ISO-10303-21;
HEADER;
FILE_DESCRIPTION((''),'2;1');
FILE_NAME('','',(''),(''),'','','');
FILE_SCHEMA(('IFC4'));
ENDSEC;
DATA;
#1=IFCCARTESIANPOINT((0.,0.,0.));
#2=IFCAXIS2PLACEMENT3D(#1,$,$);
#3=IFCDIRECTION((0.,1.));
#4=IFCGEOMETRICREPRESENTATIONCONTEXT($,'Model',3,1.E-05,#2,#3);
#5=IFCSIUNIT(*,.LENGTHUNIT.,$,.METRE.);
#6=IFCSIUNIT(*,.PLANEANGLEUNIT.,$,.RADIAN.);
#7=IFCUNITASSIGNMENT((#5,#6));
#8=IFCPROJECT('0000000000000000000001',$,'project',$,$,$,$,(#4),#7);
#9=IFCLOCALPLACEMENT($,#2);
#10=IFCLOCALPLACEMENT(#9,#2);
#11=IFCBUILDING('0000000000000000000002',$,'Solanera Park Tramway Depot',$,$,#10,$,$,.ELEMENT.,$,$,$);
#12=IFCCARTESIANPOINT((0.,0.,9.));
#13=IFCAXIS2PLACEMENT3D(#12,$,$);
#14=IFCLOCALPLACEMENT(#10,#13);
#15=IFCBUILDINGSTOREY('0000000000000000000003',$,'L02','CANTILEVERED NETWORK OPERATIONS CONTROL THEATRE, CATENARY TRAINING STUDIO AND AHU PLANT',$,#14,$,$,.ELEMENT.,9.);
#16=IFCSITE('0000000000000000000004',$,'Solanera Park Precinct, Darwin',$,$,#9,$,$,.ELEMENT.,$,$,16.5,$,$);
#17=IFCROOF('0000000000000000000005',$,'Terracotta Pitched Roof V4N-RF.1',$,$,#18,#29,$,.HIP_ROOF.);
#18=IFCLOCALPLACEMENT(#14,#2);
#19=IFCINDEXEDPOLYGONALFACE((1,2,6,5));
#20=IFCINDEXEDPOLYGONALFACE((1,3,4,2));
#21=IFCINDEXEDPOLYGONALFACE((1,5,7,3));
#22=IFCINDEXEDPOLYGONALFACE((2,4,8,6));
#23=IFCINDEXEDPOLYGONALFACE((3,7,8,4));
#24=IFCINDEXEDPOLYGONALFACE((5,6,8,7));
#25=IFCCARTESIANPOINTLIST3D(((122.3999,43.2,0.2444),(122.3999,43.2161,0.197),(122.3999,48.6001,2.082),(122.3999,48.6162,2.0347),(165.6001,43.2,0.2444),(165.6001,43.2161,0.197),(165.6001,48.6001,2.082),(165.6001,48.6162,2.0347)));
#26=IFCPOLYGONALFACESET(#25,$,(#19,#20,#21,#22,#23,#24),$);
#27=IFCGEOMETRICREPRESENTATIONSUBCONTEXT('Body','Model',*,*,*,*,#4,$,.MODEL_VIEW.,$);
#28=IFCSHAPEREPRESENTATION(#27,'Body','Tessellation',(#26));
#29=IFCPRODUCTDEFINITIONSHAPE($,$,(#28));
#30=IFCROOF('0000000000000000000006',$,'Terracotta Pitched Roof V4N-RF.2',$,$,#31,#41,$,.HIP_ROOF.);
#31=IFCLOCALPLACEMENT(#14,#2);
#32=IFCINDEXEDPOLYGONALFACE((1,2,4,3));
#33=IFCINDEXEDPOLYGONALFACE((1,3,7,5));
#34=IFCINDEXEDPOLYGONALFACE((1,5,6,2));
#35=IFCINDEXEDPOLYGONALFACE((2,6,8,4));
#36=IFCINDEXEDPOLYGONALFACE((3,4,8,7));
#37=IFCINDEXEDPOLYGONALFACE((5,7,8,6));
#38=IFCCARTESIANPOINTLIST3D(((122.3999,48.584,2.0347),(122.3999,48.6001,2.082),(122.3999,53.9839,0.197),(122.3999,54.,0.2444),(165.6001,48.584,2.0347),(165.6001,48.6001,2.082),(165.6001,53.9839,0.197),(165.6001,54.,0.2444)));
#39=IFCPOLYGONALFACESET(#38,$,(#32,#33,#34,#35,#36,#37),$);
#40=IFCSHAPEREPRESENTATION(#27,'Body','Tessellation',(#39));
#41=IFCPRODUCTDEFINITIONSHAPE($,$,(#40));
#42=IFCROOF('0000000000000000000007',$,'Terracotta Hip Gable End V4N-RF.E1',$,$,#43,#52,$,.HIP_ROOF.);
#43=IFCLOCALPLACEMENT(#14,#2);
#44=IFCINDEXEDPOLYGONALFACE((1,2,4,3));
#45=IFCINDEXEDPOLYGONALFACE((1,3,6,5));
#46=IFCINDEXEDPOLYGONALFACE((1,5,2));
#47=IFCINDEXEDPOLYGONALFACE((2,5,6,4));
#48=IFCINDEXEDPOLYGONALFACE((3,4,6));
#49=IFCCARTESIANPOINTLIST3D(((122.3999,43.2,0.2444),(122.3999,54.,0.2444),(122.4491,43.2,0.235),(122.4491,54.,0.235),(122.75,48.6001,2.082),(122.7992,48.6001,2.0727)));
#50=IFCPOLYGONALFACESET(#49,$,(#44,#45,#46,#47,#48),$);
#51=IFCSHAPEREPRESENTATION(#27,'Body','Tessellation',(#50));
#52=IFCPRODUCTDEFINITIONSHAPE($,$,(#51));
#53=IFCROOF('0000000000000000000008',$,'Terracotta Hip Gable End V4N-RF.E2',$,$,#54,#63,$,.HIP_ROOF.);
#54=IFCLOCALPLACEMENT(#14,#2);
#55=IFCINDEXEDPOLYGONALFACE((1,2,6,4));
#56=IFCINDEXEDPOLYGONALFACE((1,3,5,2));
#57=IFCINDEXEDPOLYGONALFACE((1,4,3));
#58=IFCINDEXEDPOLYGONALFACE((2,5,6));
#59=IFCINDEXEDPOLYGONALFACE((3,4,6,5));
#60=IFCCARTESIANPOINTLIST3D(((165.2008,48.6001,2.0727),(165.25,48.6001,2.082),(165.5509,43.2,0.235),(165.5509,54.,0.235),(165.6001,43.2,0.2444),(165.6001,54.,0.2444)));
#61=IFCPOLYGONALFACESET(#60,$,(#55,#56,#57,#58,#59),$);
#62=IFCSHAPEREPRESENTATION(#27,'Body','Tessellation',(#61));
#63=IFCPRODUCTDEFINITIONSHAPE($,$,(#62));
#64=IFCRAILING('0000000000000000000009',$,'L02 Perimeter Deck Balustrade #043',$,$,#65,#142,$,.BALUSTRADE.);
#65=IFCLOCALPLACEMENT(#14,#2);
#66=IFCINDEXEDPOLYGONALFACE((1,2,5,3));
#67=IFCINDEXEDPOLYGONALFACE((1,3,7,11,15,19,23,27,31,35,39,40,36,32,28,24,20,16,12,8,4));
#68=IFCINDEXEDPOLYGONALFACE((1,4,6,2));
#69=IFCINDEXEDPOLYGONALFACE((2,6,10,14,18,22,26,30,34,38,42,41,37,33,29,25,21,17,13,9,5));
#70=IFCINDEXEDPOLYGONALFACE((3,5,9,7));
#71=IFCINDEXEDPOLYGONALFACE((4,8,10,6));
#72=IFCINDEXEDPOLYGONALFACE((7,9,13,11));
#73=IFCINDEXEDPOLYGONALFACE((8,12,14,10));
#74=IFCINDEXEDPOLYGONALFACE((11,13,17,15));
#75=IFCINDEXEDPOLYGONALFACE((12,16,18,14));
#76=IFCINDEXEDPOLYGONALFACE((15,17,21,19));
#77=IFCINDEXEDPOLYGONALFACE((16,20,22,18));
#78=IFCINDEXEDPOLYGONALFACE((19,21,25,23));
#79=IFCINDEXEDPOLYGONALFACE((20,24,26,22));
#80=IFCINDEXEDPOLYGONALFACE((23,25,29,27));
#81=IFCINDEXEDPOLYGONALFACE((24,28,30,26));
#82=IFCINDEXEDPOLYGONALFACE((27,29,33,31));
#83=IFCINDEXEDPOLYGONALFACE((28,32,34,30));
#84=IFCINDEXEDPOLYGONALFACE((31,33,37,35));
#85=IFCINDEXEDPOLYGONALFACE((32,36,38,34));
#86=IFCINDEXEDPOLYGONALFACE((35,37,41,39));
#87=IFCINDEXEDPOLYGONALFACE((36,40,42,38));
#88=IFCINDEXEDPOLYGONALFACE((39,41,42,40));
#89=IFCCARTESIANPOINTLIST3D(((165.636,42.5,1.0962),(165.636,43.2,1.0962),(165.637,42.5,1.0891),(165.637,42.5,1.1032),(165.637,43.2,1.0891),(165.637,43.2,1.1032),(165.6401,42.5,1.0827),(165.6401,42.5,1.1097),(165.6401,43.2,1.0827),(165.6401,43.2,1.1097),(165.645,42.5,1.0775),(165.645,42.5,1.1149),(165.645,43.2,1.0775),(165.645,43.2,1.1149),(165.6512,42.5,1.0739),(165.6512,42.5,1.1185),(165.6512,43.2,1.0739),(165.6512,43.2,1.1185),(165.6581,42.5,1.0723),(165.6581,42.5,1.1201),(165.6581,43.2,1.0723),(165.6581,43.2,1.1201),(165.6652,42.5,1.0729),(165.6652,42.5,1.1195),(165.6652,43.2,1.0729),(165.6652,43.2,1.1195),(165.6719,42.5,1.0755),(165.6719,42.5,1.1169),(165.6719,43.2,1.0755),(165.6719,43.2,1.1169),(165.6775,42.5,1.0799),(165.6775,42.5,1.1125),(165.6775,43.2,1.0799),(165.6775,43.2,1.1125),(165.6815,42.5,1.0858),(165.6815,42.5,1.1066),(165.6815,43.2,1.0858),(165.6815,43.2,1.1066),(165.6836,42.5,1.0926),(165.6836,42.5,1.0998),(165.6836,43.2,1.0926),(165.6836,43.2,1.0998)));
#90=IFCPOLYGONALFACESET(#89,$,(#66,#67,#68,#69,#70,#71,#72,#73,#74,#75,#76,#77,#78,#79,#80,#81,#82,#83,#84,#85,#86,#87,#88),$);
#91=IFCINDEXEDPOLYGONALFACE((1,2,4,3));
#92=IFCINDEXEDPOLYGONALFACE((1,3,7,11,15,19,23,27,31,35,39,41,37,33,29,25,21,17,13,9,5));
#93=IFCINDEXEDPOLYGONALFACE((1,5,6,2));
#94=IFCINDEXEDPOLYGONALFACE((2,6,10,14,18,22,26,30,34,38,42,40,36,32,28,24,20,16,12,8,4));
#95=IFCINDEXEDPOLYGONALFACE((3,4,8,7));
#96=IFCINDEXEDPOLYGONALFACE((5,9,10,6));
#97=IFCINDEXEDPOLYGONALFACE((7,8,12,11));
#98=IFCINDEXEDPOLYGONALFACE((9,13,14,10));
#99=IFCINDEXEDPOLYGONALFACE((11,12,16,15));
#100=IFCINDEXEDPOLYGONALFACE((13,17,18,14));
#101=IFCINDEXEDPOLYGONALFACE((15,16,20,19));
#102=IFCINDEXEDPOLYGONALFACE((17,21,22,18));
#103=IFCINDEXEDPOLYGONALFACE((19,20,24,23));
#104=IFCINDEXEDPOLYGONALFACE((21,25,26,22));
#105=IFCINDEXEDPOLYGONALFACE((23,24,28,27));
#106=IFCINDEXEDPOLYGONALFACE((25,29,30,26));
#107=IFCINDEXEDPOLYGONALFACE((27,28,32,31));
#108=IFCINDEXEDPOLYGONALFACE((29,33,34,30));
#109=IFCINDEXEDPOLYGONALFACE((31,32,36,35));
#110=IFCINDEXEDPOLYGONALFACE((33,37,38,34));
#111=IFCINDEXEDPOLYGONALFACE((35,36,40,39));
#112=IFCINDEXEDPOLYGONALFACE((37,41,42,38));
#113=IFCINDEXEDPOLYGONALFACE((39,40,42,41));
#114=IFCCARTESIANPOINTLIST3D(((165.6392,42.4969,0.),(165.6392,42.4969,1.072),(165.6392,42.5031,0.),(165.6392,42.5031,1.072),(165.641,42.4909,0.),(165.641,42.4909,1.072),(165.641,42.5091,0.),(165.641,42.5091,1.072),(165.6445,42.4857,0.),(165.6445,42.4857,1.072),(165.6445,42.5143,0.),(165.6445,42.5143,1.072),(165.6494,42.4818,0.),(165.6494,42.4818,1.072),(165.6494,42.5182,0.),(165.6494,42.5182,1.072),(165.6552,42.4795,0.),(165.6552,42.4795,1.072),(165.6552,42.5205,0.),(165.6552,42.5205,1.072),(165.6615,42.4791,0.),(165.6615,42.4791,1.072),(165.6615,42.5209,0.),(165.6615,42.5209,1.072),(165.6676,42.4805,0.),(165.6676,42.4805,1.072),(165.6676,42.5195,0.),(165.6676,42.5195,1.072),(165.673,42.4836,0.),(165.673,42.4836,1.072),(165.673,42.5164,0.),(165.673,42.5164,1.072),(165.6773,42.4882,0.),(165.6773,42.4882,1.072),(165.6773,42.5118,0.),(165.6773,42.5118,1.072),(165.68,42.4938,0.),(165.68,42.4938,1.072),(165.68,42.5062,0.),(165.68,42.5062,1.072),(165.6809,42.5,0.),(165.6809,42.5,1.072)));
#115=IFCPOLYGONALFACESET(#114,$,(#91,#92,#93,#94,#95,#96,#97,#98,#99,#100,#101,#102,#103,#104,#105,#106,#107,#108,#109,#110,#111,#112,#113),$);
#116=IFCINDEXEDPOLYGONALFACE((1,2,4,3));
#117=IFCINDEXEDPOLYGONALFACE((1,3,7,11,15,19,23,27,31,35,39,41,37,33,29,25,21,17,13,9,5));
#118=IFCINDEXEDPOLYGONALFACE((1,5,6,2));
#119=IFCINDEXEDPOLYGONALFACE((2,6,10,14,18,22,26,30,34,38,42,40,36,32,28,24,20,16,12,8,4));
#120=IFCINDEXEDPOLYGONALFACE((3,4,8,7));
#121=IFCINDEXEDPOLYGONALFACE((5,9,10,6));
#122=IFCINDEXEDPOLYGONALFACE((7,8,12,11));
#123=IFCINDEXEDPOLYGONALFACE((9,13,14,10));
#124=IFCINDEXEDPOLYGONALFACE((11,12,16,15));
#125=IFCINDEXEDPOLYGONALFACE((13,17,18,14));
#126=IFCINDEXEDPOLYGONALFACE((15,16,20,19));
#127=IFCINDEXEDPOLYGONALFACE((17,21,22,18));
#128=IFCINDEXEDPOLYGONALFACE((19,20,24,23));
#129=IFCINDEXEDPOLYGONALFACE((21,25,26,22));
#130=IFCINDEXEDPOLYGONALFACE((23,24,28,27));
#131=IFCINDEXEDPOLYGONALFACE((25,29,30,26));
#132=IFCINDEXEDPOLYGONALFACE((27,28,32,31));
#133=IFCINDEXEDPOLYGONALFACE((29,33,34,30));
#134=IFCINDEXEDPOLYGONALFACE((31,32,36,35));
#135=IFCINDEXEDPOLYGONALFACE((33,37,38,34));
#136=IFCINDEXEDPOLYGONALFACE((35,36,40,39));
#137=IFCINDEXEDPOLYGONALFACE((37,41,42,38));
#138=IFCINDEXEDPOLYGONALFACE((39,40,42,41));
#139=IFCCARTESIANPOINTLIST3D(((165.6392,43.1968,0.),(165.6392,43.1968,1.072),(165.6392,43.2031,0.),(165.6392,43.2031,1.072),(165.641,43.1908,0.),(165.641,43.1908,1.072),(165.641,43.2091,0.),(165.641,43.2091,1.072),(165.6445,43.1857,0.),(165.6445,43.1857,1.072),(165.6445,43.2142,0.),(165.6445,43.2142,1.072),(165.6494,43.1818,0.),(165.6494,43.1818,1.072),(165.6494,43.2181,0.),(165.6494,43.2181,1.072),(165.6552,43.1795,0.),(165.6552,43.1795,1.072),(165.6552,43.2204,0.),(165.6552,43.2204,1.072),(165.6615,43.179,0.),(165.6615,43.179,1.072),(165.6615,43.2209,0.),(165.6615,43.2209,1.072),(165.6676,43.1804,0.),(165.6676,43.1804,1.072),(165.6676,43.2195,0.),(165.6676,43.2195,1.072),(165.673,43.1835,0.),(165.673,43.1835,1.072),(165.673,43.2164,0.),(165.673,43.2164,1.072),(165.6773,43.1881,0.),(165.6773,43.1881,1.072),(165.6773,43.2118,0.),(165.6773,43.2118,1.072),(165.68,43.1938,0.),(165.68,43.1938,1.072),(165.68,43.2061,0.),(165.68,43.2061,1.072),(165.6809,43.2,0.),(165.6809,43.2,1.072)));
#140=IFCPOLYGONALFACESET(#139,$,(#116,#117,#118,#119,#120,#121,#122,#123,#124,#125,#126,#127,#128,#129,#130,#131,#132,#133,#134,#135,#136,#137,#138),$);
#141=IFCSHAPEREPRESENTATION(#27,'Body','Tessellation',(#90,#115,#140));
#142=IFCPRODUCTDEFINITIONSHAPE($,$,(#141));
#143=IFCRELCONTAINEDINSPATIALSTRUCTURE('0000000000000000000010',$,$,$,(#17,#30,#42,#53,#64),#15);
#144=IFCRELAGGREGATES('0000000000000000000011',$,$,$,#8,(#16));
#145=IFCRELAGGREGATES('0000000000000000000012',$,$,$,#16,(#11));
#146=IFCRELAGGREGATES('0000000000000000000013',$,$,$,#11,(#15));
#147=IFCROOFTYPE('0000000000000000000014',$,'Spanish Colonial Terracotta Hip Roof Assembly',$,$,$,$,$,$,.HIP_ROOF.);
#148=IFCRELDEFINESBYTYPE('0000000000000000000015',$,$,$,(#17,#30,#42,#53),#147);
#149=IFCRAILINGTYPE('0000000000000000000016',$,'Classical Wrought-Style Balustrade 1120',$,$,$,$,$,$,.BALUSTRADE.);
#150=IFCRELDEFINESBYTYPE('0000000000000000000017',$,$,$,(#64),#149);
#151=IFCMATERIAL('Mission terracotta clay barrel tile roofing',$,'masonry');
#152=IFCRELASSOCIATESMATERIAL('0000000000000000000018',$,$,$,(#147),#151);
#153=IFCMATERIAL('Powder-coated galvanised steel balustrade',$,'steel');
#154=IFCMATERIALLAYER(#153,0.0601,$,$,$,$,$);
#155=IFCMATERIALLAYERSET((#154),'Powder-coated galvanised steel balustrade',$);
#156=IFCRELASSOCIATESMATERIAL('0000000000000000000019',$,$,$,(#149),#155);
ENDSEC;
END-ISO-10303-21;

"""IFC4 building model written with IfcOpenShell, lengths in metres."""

from ifc_helpers import new_model, si_unit, direction, frame, origin, origin_2d, place, context, subcontext, project, spatial, polyline, circle, outline, extrude, material, layer, layer_set, type_object, element, save


model = new_model("IFC4")

# Units and contexts
model_context = context("Model", 3, precision=1e-05, world=origin(), true_north=direction((0.0, 1.0)))
body_context = subcontext(model_context, "Body", "Model", "MODEL_VIEW")
ifc_project = project(units=[si_unit("LENGTHUNIT", "METRE"), si_unit("PLANEANGLEUNIT", "RADIAN")], contexts=[model_context])

# Site, building, storey
site_placement = place(None, origin())
site = spatial("IfcSite", under=ifc_project, at=site_placement, Name="Solanera Park Precinct, Darwin", CompositionType="ELEMENT", RefElevation=16.5)
building_placement = place(site_placement, origin())
building = spatial("IfcBuilding", under=site, at=building_placement, Name="Solanera Park Tramway Depot", CompositionType="ELEMENT")
storey_placement = place(building_placement, frame((0.0, 0.0, 9.0)))
storey = spatial("IfcBuildingStorey", under=building, at=storey_placement, Name="L02", Description="CANTILEVERED NETWORK OPERATIONS CONTROL THEATRE, CATENARY TRAINING STUDIO AND AHU PLANT", CompositionType="ELEMENT", Elevation=9.0)

# Roofs
ifc_material_1 = material(Name="Mission terracotta clay barrel tile roofing", Category="masonry")
roof_type_1 = type_object("IfcRoofType", Name="Spanish Colonial Terracotta Hip Roof Assembly", PredefinedType="HIP_ROOF", material=ifc_material_1)
roof_1_placement = place(storey_placement, frame((122.3999, 43.2, 0.2444), z_axis=(0.0, -0.322154, 0.946687), x_axis=(1.0, 0.0, 0.0)))
element("IfcRoof", 1, at=roof_1_placement, inside=storey, type_object=roof_type_1, Name="Terracotta Pitched Roof V4N-RF.1", PredefinedType="HIP_ROOF", context=body_context, shape_type="SweptSolid", body=[
    extrude(outline(polyline([(0.0, 0.0), (43.2002, 0.0), (43.2002, 5.7043), (0.0, 5.7043), (0.0, 0.0)])), origin(), (0.0, 0.0, -1.0), 0.05),
])
roof_2_placement = place(storey_placement, frame((122.3999, 48.6001, 2.082), z_axis=(0.0, 0.322167, 0.946683), x_axis=(1.0, 0.0, 0.0)))
element("IfcRoof", 2, at=roof_2_placement, inside=storey, type_object=roof_type_1, Name="Terracotta Pitched Roof V4N-RF.2", PredefinedType="HIP_ROOF", context=body_context, shape_type="SweptSolid", body=[
    extrude(outline(polyline([(0.0, 0.0), (43.2002, 0.0), (43.2002, 5.704), (0.0, 5.704), (0.0, 0.0)])), origin(), (0.0, 0.0, -1.0), 0.05),
])
roof_3_placement = place(storey_placement, frame((122.3999, 54.0, 0.2444), z_axis=(-0.982332, 0.0, 0.187148), x_axis=(0.0, -1.0, 0.0)))
element("IfcRoof", 3, at=roof_3_placement, inside=storey, type_object=roof_type_1, Name="Terracotta Hip Gable End V4N-RF.E1", PredefinedType="HIP_ROOF", context=body_context, shape_type="SweptSolid", body=[
    extrude(outline(polyline([(0.0, 0.0), (10.8, 0.0), (5.3999, 1.8707), (0.0, 0.0)])), origin(), (0.0, 0.0, -1.0), 0.05),
])
roof_4_placement = place(storey_placement, frame((165.6001, 43.2, 0.2444), z_axis=(0.982332, 0.0, 0.187148), x_axis=(0.0, 1.0, 0.0)))
element("IfcRoof", 4, at=roof_4_placement, inside=storey, type_object=roof_type_1, Name="Terracotta Hip Gable End V4N-RF.E2", PredefinedType="HIP_ROOF", context=body_context, shape_type="SweptSolid", body=[
    extrude(outline(polyline([(0.0, 0.0), (10.8, 0.0), (5.4001, 1.8707), (0.0, 0.0)])), origin(), (0.0, 0.0, -1.0), 0.05),
])

# Railing
ifc_material_2 = material(Name="Powder-coated galvanised steel balustrade", Category="steel")
ifc_layer_1 = layer(ifc_material_2, 0.0601)
ifc_layer_set_1 = layer_set([ifc_layer_1], Name="Powder-coated galvanised steel balustrade")
railing_type_1 = type_object("IfcRailingType", Name="Classical Wrought-Style Balustrade 1120", PredefinedType="BALUSTRADE", material=ifc_layer_set_1)
railing_1_placement = place(storey_placement, frame((165.6599, 42.5, 0.0)))
element("IfcRailing", 5, at=railing_1_placement, inside=storey, type_object=railing_type_1, Name="L02 Perimeter Deck Balustrade #043", PredefinedType="BALUSTRADE", context=body_context, shape_type="SweptSolid", body=[
    extrude(circle(Radius=0.0239, at=origin_2d()), frame((0.0, 0.0, 1.0962), z_axis=(0.0, 1.0, 0.0), x_axis=(-1.0, 0.0, 0.0)), (0.0, 0.0, 1.0), 0.7),
    extrude(circle(Radius=0.021, at=origin_2d()), origin(), (0.0, 0.0, 1.0), 1.072),
    extrude(circle(Radius=0.021, at=origin_2d()), frame((0.0, 0.7, 0.0)), (0.0, 0.0, 1.0), 1.072),
])

save(model, "model.ifc")
